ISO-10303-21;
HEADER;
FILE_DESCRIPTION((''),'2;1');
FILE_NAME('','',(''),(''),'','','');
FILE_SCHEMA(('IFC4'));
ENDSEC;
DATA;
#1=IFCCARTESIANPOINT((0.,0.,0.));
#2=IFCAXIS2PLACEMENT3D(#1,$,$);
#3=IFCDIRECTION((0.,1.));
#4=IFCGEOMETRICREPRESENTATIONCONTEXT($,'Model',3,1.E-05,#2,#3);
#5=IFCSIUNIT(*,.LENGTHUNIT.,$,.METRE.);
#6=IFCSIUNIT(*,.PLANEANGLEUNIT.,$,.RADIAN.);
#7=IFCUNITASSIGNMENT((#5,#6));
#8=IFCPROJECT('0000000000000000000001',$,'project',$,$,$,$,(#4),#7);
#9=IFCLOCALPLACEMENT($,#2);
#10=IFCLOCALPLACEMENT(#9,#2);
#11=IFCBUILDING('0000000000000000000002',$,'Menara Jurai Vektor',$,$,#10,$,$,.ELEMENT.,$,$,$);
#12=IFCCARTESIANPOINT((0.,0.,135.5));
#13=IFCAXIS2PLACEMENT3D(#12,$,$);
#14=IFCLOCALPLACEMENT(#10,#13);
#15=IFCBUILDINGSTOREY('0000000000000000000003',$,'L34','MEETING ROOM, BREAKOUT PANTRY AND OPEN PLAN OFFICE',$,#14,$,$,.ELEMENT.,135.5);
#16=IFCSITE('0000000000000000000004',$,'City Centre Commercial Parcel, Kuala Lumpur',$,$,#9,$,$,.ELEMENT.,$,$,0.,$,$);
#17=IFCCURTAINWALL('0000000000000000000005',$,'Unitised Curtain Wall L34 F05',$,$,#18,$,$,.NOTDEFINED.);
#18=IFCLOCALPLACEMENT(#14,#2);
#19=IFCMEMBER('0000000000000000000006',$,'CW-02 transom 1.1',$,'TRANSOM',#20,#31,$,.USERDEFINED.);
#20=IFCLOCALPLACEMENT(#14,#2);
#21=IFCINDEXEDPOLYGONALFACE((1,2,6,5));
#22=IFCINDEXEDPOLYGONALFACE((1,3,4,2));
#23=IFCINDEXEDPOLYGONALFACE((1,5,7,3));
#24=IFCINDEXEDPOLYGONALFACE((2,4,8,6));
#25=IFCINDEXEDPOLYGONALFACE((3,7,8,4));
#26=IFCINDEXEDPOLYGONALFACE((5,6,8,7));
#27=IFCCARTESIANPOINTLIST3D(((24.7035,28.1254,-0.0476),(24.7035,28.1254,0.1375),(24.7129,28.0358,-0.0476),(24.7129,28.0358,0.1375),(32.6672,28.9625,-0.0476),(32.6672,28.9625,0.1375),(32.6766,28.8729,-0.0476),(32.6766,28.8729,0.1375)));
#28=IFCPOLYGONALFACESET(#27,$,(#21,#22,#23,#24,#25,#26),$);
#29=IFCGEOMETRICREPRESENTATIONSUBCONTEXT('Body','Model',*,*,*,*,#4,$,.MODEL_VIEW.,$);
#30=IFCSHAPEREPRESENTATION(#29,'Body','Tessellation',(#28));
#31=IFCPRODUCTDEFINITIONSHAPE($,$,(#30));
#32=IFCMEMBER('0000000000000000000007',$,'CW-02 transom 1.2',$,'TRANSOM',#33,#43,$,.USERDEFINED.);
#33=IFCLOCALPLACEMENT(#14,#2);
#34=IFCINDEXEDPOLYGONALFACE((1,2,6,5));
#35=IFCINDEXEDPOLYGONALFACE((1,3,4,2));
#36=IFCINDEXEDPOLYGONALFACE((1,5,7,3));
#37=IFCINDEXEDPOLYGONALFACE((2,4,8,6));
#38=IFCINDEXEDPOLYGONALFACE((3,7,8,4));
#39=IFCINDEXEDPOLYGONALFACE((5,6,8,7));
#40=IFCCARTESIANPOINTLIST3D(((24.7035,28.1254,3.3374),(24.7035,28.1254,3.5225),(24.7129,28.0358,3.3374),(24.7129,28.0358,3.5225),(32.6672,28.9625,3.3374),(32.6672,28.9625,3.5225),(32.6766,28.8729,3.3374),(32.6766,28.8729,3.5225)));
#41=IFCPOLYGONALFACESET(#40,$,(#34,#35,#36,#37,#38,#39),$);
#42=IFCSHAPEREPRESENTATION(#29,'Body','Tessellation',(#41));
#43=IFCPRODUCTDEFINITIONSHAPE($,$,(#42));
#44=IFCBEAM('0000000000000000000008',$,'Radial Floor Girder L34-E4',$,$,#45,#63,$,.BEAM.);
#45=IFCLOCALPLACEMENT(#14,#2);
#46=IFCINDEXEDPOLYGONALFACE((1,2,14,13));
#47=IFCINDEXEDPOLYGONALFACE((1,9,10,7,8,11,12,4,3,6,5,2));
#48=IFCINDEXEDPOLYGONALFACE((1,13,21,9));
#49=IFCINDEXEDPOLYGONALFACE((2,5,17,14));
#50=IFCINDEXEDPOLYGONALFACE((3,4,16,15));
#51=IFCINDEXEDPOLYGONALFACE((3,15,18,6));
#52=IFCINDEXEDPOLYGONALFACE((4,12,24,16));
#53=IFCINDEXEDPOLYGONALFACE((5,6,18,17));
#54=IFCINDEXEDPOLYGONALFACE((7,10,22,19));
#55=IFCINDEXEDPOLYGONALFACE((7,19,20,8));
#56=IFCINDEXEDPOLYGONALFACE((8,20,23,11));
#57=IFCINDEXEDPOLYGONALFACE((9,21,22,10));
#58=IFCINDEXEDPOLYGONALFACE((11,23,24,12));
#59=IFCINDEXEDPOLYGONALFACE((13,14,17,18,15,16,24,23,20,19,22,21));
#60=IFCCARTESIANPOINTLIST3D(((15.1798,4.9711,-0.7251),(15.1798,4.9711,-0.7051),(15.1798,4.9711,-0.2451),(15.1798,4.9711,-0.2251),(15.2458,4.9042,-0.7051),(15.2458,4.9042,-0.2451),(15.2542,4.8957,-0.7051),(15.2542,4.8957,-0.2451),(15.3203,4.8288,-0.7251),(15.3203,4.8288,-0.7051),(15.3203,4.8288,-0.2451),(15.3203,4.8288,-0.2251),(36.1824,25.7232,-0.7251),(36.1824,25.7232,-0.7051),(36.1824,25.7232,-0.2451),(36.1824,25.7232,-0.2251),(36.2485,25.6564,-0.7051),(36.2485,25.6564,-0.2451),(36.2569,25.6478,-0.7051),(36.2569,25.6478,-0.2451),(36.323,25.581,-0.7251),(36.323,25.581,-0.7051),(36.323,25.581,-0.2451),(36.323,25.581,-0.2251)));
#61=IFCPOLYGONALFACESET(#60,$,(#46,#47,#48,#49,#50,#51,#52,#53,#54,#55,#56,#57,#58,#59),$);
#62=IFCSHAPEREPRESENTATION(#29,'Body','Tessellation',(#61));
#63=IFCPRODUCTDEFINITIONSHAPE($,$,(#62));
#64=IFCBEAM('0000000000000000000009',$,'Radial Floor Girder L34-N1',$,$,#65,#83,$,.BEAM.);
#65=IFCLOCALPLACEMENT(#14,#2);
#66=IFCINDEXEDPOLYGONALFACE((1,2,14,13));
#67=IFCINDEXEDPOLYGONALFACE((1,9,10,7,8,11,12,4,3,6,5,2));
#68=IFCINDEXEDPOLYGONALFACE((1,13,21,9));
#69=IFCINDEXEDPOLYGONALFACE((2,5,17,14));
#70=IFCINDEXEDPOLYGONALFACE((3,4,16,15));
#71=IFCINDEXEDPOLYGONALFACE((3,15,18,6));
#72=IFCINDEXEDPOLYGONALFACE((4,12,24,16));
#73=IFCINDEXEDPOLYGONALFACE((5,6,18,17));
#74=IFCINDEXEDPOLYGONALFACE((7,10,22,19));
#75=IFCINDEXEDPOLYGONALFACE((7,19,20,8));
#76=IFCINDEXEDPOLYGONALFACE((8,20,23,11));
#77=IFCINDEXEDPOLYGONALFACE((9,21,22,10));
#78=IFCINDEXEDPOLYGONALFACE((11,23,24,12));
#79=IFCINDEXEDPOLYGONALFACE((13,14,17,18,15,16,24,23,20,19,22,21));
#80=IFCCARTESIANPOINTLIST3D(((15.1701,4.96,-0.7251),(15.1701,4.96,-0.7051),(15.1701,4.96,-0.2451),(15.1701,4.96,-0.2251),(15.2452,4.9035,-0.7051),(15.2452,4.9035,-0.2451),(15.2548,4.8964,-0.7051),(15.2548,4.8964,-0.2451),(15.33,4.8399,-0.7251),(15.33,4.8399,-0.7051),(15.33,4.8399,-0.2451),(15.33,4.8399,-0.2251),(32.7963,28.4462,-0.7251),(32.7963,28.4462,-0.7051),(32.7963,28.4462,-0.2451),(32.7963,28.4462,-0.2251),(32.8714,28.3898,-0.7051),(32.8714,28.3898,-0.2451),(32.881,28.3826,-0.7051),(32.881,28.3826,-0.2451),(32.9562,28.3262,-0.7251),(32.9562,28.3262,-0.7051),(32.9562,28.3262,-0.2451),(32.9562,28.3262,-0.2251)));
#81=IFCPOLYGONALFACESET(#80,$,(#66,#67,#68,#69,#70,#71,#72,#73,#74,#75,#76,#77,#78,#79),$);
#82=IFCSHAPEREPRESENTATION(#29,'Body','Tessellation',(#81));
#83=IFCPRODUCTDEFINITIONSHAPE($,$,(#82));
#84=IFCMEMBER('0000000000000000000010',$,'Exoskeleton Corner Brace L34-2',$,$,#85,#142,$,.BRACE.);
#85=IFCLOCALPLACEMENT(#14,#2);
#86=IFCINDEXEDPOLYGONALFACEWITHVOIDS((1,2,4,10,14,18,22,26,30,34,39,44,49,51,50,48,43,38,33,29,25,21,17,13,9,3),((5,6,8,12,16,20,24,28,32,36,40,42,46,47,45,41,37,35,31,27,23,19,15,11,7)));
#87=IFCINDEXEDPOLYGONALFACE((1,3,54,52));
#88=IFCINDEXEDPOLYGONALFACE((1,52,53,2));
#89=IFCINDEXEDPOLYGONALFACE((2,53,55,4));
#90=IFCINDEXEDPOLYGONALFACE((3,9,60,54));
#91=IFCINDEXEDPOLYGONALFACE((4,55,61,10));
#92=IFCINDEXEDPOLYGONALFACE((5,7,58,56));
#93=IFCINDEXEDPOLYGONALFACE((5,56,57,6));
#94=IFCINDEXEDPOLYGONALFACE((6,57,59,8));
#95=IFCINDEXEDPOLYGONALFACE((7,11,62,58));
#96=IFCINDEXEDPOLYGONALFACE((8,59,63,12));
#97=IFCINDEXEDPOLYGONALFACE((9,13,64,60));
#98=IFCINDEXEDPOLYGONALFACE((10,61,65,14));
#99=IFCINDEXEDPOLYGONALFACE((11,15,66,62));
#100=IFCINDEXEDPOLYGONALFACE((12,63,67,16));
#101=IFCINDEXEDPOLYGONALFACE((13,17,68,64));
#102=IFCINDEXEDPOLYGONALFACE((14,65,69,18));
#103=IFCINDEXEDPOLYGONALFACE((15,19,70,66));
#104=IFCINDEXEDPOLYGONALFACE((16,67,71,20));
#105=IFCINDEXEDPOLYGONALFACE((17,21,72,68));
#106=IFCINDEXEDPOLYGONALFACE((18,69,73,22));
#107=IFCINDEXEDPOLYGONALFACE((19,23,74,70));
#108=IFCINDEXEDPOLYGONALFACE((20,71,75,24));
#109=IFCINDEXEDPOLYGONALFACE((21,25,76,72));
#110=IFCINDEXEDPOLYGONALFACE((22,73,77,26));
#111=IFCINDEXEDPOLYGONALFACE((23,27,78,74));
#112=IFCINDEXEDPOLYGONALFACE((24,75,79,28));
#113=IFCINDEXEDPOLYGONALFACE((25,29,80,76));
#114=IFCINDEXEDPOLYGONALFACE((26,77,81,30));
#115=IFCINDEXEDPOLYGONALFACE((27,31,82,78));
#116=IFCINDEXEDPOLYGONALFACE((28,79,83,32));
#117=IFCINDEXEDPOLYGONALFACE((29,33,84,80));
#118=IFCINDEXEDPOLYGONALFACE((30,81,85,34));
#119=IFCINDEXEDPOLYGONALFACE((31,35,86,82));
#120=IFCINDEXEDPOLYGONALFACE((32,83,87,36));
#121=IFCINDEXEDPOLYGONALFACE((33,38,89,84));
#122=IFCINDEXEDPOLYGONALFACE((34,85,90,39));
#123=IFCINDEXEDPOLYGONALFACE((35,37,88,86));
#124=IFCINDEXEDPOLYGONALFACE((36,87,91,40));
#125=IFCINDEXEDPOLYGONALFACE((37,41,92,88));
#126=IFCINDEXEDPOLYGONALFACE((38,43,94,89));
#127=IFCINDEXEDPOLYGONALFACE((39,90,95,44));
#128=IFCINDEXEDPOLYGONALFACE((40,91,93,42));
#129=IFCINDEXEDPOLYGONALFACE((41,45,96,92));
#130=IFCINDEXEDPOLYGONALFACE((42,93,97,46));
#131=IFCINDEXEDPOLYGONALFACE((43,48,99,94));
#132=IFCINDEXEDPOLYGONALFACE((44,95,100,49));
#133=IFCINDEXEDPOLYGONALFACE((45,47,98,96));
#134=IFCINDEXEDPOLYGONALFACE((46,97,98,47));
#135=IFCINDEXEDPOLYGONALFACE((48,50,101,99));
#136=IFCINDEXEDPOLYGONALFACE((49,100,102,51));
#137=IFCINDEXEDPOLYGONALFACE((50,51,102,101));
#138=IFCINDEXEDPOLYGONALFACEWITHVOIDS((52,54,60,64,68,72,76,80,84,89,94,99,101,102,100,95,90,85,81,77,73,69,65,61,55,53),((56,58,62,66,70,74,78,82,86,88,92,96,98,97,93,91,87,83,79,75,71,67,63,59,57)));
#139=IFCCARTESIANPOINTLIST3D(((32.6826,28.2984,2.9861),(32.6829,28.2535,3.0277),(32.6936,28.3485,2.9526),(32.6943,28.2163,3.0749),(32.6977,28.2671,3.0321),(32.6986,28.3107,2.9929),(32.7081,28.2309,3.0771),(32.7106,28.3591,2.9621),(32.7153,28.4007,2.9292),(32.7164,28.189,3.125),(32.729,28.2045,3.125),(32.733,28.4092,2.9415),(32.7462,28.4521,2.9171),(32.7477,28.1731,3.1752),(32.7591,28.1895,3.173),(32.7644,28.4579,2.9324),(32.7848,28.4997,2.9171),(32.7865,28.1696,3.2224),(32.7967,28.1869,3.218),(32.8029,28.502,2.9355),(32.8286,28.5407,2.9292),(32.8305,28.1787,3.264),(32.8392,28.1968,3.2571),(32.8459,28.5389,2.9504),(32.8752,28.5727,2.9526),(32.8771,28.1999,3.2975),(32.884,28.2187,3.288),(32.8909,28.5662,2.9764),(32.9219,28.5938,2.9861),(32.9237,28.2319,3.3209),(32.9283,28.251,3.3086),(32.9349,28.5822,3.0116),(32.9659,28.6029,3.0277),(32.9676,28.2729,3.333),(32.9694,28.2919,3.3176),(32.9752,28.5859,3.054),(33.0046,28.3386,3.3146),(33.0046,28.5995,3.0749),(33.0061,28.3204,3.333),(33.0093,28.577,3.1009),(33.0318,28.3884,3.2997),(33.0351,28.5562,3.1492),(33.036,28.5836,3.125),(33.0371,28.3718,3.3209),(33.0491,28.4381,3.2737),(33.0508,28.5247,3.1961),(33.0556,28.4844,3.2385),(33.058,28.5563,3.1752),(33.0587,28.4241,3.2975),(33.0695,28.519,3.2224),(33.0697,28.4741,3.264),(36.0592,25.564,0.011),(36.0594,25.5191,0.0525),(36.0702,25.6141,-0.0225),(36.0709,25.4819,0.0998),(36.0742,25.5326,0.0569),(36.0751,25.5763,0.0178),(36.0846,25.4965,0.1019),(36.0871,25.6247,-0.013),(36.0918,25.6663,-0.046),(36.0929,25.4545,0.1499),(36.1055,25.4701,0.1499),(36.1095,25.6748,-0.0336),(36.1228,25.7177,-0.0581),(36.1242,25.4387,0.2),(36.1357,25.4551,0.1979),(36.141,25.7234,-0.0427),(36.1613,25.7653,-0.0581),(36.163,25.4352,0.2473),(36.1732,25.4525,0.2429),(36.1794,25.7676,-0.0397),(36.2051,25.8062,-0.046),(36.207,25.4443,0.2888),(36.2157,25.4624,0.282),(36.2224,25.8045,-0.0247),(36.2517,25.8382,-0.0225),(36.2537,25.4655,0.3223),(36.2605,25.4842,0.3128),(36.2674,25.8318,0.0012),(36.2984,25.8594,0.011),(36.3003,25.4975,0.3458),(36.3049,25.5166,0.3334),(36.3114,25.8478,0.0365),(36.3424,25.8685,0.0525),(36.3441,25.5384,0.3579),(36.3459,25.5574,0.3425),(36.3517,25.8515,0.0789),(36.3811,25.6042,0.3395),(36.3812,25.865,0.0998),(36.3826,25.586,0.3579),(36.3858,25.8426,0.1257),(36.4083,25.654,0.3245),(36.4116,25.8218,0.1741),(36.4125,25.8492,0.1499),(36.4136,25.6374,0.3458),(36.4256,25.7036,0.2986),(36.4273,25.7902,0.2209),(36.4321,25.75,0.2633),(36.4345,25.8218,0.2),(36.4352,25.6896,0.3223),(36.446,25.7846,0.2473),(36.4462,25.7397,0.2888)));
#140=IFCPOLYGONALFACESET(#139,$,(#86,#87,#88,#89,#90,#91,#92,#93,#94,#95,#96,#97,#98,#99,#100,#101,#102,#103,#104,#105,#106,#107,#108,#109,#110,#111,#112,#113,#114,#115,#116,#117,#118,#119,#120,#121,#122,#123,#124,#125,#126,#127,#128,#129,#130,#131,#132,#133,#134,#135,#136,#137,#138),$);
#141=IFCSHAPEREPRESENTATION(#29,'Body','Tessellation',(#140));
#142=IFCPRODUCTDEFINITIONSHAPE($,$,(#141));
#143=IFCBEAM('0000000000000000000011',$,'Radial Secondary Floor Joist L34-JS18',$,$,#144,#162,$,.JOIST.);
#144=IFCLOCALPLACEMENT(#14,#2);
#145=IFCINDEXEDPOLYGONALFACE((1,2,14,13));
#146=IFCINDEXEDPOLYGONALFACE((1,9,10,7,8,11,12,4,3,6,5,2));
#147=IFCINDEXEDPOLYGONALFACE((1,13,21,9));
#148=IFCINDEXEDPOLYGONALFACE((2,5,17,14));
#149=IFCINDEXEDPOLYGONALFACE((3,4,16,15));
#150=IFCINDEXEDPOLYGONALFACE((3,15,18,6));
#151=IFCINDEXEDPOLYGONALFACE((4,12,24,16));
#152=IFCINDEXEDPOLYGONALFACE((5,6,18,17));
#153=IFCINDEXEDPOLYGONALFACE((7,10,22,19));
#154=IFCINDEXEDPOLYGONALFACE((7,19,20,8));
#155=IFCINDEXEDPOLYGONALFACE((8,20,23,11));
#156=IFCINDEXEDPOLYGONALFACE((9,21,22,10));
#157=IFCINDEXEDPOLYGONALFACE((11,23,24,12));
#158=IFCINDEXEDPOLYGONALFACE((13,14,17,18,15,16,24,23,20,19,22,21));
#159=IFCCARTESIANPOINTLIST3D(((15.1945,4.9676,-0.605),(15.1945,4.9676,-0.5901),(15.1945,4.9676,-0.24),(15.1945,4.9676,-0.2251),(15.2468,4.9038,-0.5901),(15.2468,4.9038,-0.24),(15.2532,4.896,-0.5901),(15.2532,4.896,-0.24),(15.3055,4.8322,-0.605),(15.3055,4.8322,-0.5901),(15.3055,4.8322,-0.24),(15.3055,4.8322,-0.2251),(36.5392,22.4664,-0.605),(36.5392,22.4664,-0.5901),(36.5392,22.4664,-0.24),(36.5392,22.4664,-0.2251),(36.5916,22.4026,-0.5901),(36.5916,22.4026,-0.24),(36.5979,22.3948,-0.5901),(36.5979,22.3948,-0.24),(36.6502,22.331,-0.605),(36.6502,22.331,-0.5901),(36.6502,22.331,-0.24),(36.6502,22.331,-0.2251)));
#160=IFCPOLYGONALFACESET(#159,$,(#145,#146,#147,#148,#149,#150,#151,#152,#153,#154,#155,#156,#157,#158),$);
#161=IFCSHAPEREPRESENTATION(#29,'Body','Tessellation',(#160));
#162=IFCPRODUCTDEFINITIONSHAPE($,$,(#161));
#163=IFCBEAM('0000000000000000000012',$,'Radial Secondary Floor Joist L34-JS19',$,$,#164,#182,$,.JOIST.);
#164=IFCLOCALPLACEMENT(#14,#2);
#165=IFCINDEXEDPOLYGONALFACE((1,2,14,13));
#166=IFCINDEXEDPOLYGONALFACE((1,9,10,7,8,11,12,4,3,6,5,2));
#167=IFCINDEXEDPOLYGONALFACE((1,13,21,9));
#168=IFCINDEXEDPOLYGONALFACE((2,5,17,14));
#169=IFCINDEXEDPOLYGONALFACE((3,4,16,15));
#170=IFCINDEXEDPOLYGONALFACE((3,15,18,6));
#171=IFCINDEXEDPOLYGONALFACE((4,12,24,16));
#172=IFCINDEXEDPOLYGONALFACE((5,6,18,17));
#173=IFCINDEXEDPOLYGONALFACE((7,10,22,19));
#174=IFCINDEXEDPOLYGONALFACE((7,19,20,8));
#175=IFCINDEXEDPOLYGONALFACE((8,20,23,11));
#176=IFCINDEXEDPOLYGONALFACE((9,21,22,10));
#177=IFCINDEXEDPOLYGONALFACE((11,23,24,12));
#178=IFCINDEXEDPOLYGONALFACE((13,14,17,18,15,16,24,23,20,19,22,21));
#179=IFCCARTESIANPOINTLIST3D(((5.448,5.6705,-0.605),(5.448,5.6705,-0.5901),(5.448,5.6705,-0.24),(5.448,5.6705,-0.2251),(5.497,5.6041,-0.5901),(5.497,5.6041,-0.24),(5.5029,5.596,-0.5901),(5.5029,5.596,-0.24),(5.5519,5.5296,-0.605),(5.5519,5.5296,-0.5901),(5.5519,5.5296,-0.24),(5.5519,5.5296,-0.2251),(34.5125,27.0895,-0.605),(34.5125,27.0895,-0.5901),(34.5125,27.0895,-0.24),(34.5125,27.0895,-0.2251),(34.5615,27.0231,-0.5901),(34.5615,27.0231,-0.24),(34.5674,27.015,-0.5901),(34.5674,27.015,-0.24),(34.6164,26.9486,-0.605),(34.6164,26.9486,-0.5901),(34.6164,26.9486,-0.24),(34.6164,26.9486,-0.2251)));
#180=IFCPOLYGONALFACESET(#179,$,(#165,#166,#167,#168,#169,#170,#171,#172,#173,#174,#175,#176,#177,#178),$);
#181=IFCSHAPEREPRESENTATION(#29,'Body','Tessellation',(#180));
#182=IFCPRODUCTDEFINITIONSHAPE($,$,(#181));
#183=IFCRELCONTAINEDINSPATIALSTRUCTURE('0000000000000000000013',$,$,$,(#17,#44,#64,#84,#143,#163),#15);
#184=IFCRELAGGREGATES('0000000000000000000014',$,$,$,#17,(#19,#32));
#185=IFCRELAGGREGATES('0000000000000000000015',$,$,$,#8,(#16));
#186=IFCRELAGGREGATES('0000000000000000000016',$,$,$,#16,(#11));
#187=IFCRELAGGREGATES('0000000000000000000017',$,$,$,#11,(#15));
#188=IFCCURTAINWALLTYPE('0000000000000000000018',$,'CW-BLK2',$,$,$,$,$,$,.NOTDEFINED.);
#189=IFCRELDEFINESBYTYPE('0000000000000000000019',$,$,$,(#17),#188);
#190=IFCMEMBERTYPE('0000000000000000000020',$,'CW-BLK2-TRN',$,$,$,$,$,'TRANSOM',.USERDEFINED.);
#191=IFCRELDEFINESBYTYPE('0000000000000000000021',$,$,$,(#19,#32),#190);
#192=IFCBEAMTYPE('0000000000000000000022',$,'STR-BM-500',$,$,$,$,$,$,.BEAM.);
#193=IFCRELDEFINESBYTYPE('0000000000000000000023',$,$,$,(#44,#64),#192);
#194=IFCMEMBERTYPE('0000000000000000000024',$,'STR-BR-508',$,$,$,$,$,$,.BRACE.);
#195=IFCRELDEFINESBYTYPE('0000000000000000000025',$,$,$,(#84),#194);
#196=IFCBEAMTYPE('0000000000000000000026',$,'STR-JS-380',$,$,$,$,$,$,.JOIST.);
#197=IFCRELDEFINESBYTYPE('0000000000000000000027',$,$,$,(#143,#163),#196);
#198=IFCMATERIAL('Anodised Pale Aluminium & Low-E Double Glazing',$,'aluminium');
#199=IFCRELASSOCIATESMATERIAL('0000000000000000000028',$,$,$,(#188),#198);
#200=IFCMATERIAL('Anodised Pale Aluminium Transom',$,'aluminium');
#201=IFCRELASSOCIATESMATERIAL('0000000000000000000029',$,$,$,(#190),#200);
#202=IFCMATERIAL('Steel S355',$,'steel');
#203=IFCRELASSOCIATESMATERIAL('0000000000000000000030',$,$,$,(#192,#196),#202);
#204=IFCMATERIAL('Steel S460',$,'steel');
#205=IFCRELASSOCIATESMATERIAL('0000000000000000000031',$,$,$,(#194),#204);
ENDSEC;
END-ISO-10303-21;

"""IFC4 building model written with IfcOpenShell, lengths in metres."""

from ifc_helpers import new_model, si_unit, direction, frame, origin, origin_2d, place, context, subcontext, project, spatial, rectangle, hollow_circle, i_section, extrude, material, material_profile, profile_set, type_object, element, aggregate, save


model = new_model("IFC4")

# Units and contexts
model_context = context("Model", 3, precision=1e-05, world=origin(), true_north=direction((0.0, 1.0)))
body_context = subcontext(model_context, "Body", "Model", "MODEL_VIEW")
ifc_project = project(units=[si_unit("LENGTHUNIT", "METRE"), si_unit("PLANEANGLEUNIT", "RADIAN")], contexts=[model_context])

# Site, building, storey
site_placement = place(None, origin())
site = spatial("IfcSite", under=ifc_project, at=site_placement, Name="City Centre Commercial Parcel, Kuala Lumpur", CompositionType="ELEMENT", RefElevation=0.0)
building_placement = place(site_placement, origin())
building = spatial("IfcBuilding", under=site, at=building_placement, Name="Menara Jurai Vektor", CompositionType="ELEMENT")
storey_placement = place(building_placement, frame((0.0, 0.0, 135.5)))
storey = spatial("IfcBuildingStorey", under=building, at=storey_placement, Name="L34", Description="MEETING ROOM, BREAKOUT PANTRY AND OPEN PLAN OFFICE", CompositionType="ELEMENT", Elevation=135.5)

# Shared definitions
ifc_material_1 = material(Name="Steel S460", Category="steel")

# Shared definitions
ifc_material_2 = material(Name="Anodised Pale Aluminium & Low-E Double Glazing", Category="aluminium")
curtain_wall_type = type_object("IfcCurtainWallType", Name="CW-BLK2", PredefinedType="NOTDEFINED", material=ifc_material_2)

# Curtain wall
curtain_wall_1_placement = place(storey_placement, origin())
curtain_wall_1 = element("IfcCurtainWall", 1, at=curtain_wall_1_placement, inside=storey, type_object=curtain_wall_type, Name="Unitised Curtain Wall L34 F05", PredefinedType="NOTDEFINED")

# Members
ifc_material_3 = material(Name="Anodised Pale Aluminium Transom", Category="aluminium")
ifc_material_profile_1 = material_profile(ifc_material_3, rectangle(XDim=0.0901, YDim=0.1851, at=origin_2d()), Name="ALU TRN 90x185")
ifc_profile_set_1 = profile_set([ifc_material_profile_1], Name="Anodised Pale Aluminium Transom")
member_type_1 = type_object("IfcMemberType", Name="CW-BLK2-TRN", ElementType="TRANSOM", PredefinedType="USERDEFINED", material=ifc_profile_set_1)
member_1_placement = place(storey_placement, frame((32.6719, 28.9177, 0.0449), z_axis=(-0.99452, -0.104547, 0.0), x_axis=(0.104547, -0.99452, 0.0)))
member_1 = element("IfcMember", 2, at=member_1_placement, type_object=member_type_1, Name="CW-02 transom 1.1", ObjectType="TRANSOM", PredefinedType="USERDEFINED", context=body_context, shape_type="SweptSolid", body=[
    extrude(rectangle(XDim=0.0901, YDim=0.1851, at=origin_2d()), origin(), (0.0, 0.0, 1.0), 8.0076),
])
member_2_placement = place(storey_placement, frame((32.6719, 28.9177, 3.4299), z_axis=(-0.99452, -0.104547, 0.0), x_axis=(0.104547, -0.99452, 0.0)))
member_2 = element("IfcMember", 3, at=member_2_placement, type_object=member_type_1, Name="CW-02 transom 1.2", ObjectType="TRANSOM", PredefinedType="USERDEFINED", context=body_context, shape_type="SweptSolid", body=[
    extrude(rectangle(XDim=0.0901, YDim=0.1851, at=origin_2d()), origin(), (0.0, 0.0, 1.0), 8.0076),
])

# Beams
ifc_material_4 = material(Name="Steel S355", Category="steel")
ifc_material_profile_2 = material_profile(ifc_material_4, i_section(OverallWidth=0.2, OverallDepth=0.5, WebThickness=0.012, FlangeThickness=0.02, at=origin_2d()), Name="PG 500x200x96")
ifc_profile_set_2 = profile_set([ifc_material_profile_2], Name="Steel S355")
beam_type_1 = type_object("IfcBeamType", Name="STR-BM-500", PredefinedType="BEAM", material=ifc_profile_set_2)
beam_1_placement = place(storey_placement, frame((36.2527, 25.6521, -0.4751), z_axis=(-0.711336, -0.702852, 0.0), x_axis=(0.702852, -0.711336, 0.0)))
element("IfcBeam", 4, at=beam_1_placement, inside=storey, type_object=beam_type_1, Name="Radial Floor Girder L34-E4", PredefinedType="BEAM", context=body_context, shape_type="SweptSolid", body=[
    extrude(i_section(OverallWidth=0.2, OverallDepth=0.5, WebThickness=0.012, FlangeThickness=0.02, at=origin_2d()), origin(), (0.0, 0.0, 1.0), 29.5256),
])
beam_2_placement = place(storey_placement, frame((32.8762, 28.3862, -0.4751), z_axis=(-0.60025, -0.799812, 0.0), x_axis=(0.799812, -0.60025, 0.0)))
element("IfcBeam", 5, at=beam_2_placement, inside=storey, type_object=beam_type_1, Name="Radial Floor Girder L34-N1", PredefinedType="BEAM", context=body_context, shape_type="SweptSolid", body=[
    extrude(i_section(OverallWidth=0.2, OverallDepth=0.5, WebThickness=0.012, FlangeThickness=0.02, at=origin_2d()), origin(), (0.0, 0.0, 1.0), 29.3647),
])

# Member
ifc_material_profile_3 = material_profile(ifc_material_1, hollow_circle(Radius=0.2539, WallThickness=0.02, at=origin_2d()), Name="CHS 508x20")
ifc_profile_set_3 = profile_set([ifc_material_profile_3], Name="Steel S460")
member_type_2 = type_object("IfcMemberType", Name="STR-BR-508", PredefinedType="BRACE", material=ifc_profile_set_3)
member_3_placement = place(storey_placement, frame((36.2527, 25.6519, 0.1499), z_axis=(-0.641208, 0.519272, 0.564986), x_axis=(-0.629344, -0.777127, 0.0)))
element("IfcMember", 6, at=member_3_placement, inside=storey, type_object=member_type_2, Name="Exoskeleton Corner Brace L34-2", PredefinedType="BRACE", context=body_context, shape_type="SweptSolid", body=[
    extrude(hollow_circle(Radius=0.2539, WallThickness=0.02, at=origin_2d()), origin(), (0.0, 0.0, 1.0), 5.2659),
])

# Beams
ifc_material_profile_4 = material_profile(ifc_material_4, i_section(OverallWidth=0.175, OverallDepth=0.3799, WebThickness=0.01, FlangeThickness=0.0149, at=origin_2d()), Name="PG 380x175x58")
ifc_profile_set_4 = profile_set([ifc_material_profile_4], Name="Steel S355")
beam_type_2 = type_object("IfcBeamType", Name="STR-JS-380", PredefinedType="JOIST", material=ifc_profile_set_4)
beam_3_placement = place(storey_placement, frame((36.5947, 22.3987, -0.415), z_axis=(-0.773337, -0.633995, 0.0), x_axis=(0.633995, -0.773337, 0.0)))
element("IfcBeam", 7, at=beam_3_placement, inside=storey, type_object=beam_type_2, Name="Radial Secondary Floor Joist L34-JS18", PredefinedType="JOIST", context=body_context, shape_type="SweptSolid", body=[
    extrude(i_section(OverallWidth=0.175, OverallDepth=0.3799, WebThickness=0.01, FlangeThickness=0.0149, at=origin_2d()), origin(), (0.0, 0.0, 1.0), 27.6008),
])
beam_4_placement = place(storey_placement, frame((34.5645, 27.019, -0.415), z_axis=(-0.805016, -0.593253, 0.0), x_axis=(0.593253, -0.805016, 0.0)))
element("IfcBeam", 8, at=beam_4_placement, inside=storey, type_object=beam_type_2, Name="Radial Secondary Floor Joist L34-JS19", PredefinedType="JOIST", context=body_context, shape_type="SweptSolid", body=[
    extrude(i_section(OverallWidth=0.175, OverallDepth=0.3799, WebThickness=0.01, FlangeThickness=0.0149, at=origin_2d()), origin(), (0.0, 0.0, 1.0), 36.1042),
])

aggregate(curtain_wall_1, [member_1, member_2])

save(model, "model.ifc")
